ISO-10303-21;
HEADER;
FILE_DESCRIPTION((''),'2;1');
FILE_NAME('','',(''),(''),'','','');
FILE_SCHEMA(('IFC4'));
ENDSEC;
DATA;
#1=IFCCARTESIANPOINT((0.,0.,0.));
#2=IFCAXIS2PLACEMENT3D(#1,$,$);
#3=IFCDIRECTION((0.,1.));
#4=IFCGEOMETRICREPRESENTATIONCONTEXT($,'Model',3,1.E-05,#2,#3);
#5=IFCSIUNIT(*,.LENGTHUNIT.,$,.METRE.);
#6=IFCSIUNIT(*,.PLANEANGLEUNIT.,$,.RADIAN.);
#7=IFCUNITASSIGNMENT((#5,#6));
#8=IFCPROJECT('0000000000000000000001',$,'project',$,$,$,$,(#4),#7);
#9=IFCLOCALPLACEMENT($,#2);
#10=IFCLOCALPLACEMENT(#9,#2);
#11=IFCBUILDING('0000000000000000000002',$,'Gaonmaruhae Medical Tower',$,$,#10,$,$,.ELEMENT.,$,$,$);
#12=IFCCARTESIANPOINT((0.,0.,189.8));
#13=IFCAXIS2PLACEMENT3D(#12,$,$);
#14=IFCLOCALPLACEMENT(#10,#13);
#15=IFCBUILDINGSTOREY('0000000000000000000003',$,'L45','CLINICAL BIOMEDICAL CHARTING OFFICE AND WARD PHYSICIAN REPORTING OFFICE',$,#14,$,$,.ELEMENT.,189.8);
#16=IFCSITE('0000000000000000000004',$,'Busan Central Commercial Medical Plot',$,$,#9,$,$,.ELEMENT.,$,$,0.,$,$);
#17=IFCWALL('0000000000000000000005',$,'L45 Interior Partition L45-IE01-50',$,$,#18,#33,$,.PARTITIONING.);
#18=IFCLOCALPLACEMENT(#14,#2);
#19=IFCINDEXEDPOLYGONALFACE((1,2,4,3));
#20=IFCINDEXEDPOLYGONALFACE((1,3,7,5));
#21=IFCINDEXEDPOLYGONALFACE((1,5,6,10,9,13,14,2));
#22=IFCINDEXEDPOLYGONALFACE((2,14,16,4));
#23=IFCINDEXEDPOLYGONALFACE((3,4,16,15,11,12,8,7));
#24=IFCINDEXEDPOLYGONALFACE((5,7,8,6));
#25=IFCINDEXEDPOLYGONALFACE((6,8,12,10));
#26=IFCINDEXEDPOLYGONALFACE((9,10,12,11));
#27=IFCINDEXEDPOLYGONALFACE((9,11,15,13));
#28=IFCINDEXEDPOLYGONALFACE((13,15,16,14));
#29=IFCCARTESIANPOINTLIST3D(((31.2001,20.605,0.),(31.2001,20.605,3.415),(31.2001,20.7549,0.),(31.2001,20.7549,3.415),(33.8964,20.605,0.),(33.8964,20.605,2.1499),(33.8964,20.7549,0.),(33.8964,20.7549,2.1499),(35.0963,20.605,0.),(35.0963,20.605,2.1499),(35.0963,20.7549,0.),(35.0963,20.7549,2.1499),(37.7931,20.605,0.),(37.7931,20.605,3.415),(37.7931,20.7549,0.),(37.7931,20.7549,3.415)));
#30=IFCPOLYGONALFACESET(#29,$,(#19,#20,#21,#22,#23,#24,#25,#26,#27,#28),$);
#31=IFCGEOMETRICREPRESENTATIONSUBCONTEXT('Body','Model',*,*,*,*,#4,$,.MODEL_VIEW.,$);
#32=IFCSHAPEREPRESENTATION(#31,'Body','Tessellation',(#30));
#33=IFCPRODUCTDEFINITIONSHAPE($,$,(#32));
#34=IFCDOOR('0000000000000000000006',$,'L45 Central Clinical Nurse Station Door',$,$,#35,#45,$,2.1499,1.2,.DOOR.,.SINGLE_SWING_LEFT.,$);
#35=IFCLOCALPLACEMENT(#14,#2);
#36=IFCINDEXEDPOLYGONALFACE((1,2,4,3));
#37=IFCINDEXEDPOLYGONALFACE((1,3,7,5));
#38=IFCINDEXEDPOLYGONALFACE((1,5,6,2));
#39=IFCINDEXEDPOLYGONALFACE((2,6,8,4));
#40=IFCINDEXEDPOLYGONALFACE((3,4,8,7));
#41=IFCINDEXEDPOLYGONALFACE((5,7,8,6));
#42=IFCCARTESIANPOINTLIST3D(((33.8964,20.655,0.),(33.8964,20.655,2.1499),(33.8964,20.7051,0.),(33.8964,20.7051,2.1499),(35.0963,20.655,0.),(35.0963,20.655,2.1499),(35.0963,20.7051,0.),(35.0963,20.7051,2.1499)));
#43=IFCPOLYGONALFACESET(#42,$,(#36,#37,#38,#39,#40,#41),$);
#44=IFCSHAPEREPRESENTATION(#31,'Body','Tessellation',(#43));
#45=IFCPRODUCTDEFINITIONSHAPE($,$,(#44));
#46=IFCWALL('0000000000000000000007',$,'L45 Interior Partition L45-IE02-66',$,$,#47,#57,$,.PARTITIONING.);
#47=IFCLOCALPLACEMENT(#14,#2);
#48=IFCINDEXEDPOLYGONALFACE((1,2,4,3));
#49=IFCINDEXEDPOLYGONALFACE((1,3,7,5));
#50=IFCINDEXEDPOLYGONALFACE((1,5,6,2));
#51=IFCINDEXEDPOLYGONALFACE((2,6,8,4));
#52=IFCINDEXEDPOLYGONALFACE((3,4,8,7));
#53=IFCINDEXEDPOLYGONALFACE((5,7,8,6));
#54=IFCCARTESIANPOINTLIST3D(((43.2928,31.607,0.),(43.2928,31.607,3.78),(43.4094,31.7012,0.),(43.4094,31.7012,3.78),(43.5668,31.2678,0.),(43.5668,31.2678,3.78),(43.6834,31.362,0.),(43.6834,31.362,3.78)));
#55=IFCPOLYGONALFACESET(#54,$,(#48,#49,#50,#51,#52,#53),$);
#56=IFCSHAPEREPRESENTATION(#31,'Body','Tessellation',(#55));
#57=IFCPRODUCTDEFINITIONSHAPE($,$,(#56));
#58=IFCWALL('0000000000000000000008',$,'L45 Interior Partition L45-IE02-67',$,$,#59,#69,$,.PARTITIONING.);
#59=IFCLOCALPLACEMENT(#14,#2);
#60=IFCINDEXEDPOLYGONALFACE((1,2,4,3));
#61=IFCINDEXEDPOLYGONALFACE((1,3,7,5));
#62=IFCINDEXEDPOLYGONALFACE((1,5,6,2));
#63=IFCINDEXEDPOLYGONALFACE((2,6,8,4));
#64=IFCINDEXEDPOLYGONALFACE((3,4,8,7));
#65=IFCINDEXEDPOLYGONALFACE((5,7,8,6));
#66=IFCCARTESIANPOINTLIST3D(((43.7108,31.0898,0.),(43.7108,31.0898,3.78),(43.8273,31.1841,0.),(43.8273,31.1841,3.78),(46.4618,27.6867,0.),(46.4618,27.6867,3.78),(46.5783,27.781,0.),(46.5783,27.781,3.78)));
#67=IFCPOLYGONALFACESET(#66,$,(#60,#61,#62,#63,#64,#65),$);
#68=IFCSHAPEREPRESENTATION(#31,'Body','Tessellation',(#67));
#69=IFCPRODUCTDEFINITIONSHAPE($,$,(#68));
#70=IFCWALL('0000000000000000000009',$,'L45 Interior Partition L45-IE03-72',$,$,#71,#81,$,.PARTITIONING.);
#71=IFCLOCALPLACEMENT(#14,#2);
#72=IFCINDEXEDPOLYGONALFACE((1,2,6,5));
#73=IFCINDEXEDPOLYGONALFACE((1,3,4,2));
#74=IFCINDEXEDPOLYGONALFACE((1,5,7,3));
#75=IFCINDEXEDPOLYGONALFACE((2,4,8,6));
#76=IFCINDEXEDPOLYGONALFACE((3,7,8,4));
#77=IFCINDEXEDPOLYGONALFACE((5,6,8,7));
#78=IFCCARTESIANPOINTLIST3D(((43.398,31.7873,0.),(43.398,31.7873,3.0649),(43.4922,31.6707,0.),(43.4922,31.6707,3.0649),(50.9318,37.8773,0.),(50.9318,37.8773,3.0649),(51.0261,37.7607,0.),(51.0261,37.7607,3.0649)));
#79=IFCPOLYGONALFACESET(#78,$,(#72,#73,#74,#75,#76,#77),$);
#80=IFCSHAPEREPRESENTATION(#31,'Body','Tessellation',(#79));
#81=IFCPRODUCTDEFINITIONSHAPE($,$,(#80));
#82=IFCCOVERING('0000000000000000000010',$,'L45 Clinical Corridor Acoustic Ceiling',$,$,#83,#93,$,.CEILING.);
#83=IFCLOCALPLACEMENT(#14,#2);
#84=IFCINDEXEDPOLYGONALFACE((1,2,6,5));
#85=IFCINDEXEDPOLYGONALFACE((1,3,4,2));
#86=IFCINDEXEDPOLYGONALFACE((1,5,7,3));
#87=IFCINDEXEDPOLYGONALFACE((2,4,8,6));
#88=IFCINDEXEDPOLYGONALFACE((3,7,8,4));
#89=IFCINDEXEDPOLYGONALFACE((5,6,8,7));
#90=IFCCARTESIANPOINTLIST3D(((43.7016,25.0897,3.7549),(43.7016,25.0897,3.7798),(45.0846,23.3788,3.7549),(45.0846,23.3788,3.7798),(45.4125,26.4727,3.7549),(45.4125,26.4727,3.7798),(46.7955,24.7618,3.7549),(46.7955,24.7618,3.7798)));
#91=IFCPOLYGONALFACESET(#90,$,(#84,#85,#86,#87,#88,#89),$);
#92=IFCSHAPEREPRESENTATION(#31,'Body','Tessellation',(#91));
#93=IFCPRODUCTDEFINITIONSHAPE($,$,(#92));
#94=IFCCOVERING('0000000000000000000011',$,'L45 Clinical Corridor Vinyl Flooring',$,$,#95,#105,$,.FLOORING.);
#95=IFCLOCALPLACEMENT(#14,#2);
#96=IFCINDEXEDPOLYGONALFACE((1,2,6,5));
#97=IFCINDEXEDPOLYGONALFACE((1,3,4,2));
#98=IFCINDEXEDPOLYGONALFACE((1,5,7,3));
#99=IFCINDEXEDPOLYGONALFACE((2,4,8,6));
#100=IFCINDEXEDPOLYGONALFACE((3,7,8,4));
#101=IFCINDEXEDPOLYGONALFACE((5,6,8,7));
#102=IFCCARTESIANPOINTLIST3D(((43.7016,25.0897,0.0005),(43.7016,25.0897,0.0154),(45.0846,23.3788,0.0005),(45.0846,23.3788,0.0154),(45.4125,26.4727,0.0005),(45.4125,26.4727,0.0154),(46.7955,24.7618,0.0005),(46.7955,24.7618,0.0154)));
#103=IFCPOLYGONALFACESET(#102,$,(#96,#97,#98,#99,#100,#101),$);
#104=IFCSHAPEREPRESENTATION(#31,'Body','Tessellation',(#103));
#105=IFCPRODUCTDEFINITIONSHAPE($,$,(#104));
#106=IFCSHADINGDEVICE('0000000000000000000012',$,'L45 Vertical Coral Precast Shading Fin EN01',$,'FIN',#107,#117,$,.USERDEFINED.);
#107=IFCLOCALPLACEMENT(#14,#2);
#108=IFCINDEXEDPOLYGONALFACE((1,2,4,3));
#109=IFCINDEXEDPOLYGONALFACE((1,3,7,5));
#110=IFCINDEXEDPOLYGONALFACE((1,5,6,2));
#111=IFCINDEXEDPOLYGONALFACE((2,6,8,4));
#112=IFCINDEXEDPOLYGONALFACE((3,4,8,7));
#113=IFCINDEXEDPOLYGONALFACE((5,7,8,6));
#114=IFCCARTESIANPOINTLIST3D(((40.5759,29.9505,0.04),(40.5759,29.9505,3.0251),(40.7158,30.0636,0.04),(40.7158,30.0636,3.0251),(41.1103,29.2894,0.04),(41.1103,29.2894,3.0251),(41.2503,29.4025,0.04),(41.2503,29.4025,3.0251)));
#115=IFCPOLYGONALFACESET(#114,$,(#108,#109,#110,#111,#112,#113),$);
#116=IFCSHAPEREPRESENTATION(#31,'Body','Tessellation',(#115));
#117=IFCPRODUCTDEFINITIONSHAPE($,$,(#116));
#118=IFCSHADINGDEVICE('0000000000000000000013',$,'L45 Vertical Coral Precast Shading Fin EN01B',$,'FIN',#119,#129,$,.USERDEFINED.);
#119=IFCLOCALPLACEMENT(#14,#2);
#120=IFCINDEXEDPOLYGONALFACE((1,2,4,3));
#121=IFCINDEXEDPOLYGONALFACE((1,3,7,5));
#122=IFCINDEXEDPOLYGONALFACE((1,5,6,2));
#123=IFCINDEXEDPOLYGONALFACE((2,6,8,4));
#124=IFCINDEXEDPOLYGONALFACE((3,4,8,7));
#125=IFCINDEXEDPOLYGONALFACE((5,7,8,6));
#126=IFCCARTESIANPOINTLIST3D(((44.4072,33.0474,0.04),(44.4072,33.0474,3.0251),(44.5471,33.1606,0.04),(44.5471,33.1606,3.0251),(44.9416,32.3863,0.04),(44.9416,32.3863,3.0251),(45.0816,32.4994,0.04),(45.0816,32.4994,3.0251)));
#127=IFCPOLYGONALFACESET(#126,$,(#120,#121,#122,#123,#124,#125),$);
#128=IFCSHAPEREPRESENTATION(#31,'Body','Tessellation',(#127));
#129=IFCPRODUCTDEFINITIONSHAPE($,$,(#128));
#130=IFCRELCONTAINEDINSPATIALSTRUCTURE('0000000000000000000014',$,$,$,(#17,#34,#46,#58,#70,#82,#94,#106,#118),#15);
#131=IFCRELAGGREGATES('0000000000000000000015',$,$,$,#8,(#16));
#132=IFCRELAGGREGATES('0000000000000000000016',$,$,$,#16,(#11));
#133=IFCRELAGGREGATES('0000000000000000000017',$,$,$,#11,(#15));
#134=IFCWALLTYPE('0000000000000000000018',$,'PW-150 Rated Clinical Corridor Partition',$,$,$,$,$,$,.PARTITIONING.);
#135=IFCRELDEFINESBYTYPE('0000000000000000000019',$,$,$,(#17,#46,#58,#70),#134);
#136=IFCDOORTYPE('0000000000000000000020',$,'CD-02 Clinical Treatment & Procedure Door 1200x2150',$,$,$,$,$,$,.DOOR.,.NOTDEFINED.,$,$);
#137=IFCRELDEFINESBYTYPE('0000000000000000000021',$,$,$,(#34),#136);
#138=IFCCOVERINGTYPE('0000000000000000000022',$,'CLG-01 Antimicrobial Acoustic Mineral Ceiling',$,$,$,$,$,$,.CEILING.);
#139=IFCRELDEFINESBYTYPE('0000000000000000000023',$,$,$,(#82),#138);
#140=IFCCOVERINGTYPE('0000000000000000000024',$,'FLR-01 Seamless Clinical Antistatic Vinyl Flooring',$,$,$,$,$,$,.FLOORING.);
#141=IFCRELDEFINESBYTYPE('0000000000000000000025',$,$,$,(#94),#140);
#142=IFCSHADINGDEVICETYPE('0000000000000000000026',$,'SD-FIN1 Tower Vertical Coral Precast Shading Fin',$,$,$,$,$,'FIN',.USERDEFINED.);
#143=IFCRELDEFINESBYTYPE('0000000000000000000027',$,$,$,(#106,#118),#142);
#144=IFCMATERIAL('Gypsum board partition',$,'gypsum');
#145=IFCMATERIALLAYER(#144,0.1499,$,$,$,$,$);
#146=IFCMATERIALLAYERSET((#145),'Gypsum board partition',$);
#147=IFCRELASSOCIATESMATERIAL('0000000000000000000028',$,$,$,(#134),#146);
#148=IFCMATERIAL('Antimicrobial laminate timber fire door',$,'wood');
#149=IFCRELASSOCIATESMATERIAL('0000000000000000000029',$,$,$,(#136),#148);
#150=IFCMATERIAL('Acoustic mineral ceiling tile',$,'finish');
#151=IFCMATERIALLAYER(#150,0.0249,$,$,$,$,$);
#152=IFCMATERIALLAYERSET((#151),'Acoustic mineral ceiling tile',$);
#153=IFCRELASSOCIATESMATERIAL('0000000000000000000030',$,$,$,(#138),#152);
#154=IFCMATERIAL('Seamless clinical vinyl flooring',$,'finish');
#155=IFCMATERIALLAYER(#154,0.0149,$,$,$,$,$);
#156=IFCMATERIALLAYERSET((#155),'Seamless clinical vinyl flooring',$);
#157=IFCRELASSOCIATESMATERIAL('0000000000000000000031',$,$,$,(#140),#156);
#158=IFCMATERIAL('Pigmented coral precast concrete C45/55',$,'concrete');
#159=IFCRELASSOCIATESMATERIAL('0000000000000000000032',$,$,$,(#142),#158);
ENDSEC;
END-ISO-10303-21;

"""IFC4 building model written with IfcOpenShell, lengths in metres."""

from ifc_helpers import new_model, si_unit, direction, frame, frame_2d, origin, origin_2d, place, context, subcontext, project, spatial, rectangle, extrude, material, layer, layer_set, type_object, element, fill, save


model = new_model("IFC4")

# Units and contexts
model_context = context("Model", 3, precision=1e-05, world=origin(), true_north=direction((0.0, 1.0)))
body_context = subcontext(model_context, "Body", "Model", "MODEL_VIEW")
ifc_project = project(units=[si_unit("LENGTHUNIT", "METRE"), si_unit("PLANEANGLEUNIT", "RADIAN")], contexts=[model_context])

# Site, building, storey
site_placement = place(None, origin())
site = spatial("IfcSite", under=ifc_project, at=site_placement, Name="Busan Central Commercial Medical Plot", CompositionType="ELEMENT", RefElevation=0.0)
building_placement = place(site_placement, origin())
building = spatial("IfcBuilding", under=site, at=building_placement, Name="Gaonmaruhae Medical Tower", CompositionType="ELEMENT")
storey_placement = place(building_placement, frame((0.0, 0.0, 189.8)))
storey = spatial("IfcBuildingStorey", under=building, at=storey_placement, Name="L45", Description="CLINICAL BIOMEDICAL CHARTING OFFICE AND WARD PHYSICIAN REPORTING OFFICE", CompositionType="ELEMENT", Elevation=189.8)

# Shared definitions
ifc_material_1 = material(Name="Gypsum board partition", Category="gypsum")
ifc_layer_1 = layer(ifc_material_1, 0.1499)
ifc_layer_set_1 = layer_set([ifc_layer_1], Name="Gypsum board partition")
wall_type_1 = type_object("IfcWallType", Name="PW-150 Rated Clinical Corridor Partition", PredefinedType="PARTITIONING", material=ifc_layer_set_1)

# Shared definitions
ifc_material_2 = material(Name="Antimicrobial laminate timber fire door", Category="wood")
door_type = type_object("IfcDoorType", Name="CD-02 Clinical Treatment & Procedure Door 1200x2150", OperationType="NOTDEFINED", PredefinedType="DOOR", material=ifc_material_2)

# Wall, opening, door
wall_1_placement = place(storey_placement, frame((37.793, 20.6799, 0.0), z_axis=(0.0, 0.0, 1.0), x_axis=(-1.0, 0.0, 0.0)))
wall_1 = element("IfcWall", 1, at=wall_1_placement, inside=storey, type_object=wall_type_1, Name="L45 Interior Partition L45-IE01-50", PredefinedType="PARTITIONING", context=body_context, shape_type="SweptSolid", body=[
    extrude(rectangle(XDim=6.593, YDim=0.1499, at=frame_2d((3.2964, 0.0))), origin(), (0.0, 0.0, 1.0), 3.415),
])
opening_1_placement = place(wall_1_placement, frame((2.6965, 0.0, 0.0)))
opening_1 = element("IfcOpeningElement", 2, at=opening_1_placement, cuts=wall_1, PredefinedType="OPENING", context=body_context, shape_type="SweptSolid", body=[
    extrude(rectangle(XDim=1.2, YDim=2.1499, at=frame_2d((0.6001, 1.075))), frame((0.0, 0.085, 0.0), z_axis=(0.0, -1.0, 0.0), x_axis=(1.0, 0.0, 0.0)), (0.0, 0.0, 1.0), 0.1699),
])
door_1_placement = place(opening_1_placement, origin())
door_1 = element("IfcDoor", 3, at=door_1_placement, inside=storey, type_object=door_type, Name="L45 Central Clinical Nurse Station Door", OperationType="SINGLE_SWING_LEFT", OverallHeight=2.1499, OverallWidth=1.2, PredefinedType="DOOR", context=body_context, shape_type="SweptSolid", body=[
    extrude(rectangle(XDim=1.2, YDim=2.1499, at=frame_2d((0.6001, 1.075))), frame((0.0, 0.0249, 0.0), z_axis=(0.0, -1.0, 0.0), x_axis=(1.0, 0.0, 0.0)), (0.0, 0.0, 1.0), 0.05),
])
fill(opening_1, door_1)

# Walls
wall_2_placement = place(storey_placement, frame((43.3511, 31.6541, 0.0), z_axis=(0.0, 0.0, 1.0), x_axis=(0.628376, -0.77791, 0.0)))
element("IfcWall", 4, at=wall_2_placement, inside=storey, type_object=wall_type_1, Name="L45 Interior Partition L45-IE02-66", PredefinedType="PARTITIONING", context=body_context, shape_type="SweptSolid", body=[
    extrude(rectangle(XDim=0.436, YDim=0.1499, at=frame_2d((0.218, 0.0))), origin(), (0.0, 0.0, 1.0), 3.78),
])
wall_3_placement = place(storey_placement, frame((43.769, 31.137, 0.0), z_axis=(0.0, 0.0, 1.0), x_axis=(0.62866, -0.77768, 0.0)))
element("IfcWall", 5, at=wall_3_placement, inside=storey, type_object=wall_type_1, Name="L45 Interior Partition L45-IE02-67", PredefinedType="PARTITIONING", context=body_context, shape_type="SweptSolid", body=[
    extrude(rectangle(XDim=4.376, YDim=0.1499, at=frame_2d((2.188, 0.0))), origin(), (0.0, 0.0, 1.0), 3.78),
])
wall_4_placement = place(storey_placement, frame((43.4451, 31.729, 0.0), z_axis=(0.0, 0.0, 1.0), x_axis=(0.77769, 0.628649, 0.0)))
element("IfcWall", 6, at=wall_4_placement, inside=storey, type_object=wall_type_1, Name="L45 Interior Partition L45-IE03-72", PredefinedType="PARTITIONING", context=body_context, shape_type="SweptSolid", body=[
    extrude(rectangle(XDim=9.6875, YDim=0.1499, at=frame_2d((4.8438, 0.0))), origin(), (0.0, 0.0, 1.0), 3.0649),
])

# Coverings
ifc_material_3 = material(Name="Acoustic mineral ceiling tile", Category="finish")
ifc_layer_2 = layer(ifc_material_3, 0.0249)
ifc_layer_set_2 = layer_set([ifc_layer_2], Name="Acoustic mineral ceiling tile")
covering_type_1 = type_object("IfcCoveringType", Name="CLG-01 Antimicrobial Acoustic Mineral Ceiling", PredefinedType="CEILING", material=ifc_layer_set_2)
covering_1_placement = place(storey_placement, frame((45.2485, 24.9258, 3.7549), z_axis=(0.0, 0.0, 1.0), x_axis=(0.777695, 0.628642, 0.0)))
element("IfcCovering", 7, at=covering_1_placement, inside=storey, type_object=covering_type_1, Name="L45 Clinical Corridor Acoustic Ceiling", PredefinedType="CEILING", context=body_context, shape_type="SweptSolid", body=[
    extrude(rectangle(XDim=2.2, YDim=2.2, at=origin_2d()), origin(), (0.0, 0.0, 1.0), 0.0249),
])
ifc_material_4 = material(Name="Seamless clinical vinyl flooring", Category="finish")
ifc_layer_3 = layer(ifc_material_4, 0.0149)
ifc_layer_set_3 = layer_set([ifc_layer_3], Name="Seamless clinical vinyl flooring")
covering_type_2 = type_object("IfcCoveringType", Name="FLR-01 Seamless Clinical Antistatic Vinyl Flooring", PredefinedType="FLOORING", material=ifc_layer_set_3)
covering_2_placement = place(storey_placement, frame((45.2485, 24.9258, 0.0005), z_axis=(0.0, 0.0, 1.0), x_axis=(0.777695, 0.628642, 0.0)))
element("IfcCovering", 8, at=covering_2_placement, inside=storey, type_object=covering_type_2, Name="L45 Clinical Corridor Vinyl Flooring", PredefinedType="FLOORING", context=body_context, shape_type="SweptSolid", body=[
    extrude(rectangle(XDim=2.2, YDim=2.2, at=origin_2d()), origin(), (0.0, 0.0, 1.0), 0.0149),
])

# Shading devices
ifc_material_5 = material(Name="Pigmented coral precast concrete C45/55", Category="concrete")
shading_device_type = type_object("IfcShadingDeviceType", Name="SD-FIN1 Tower Vertical Coral Precast Shading Fin", ElementType="FIN", PredefinedType="USERDEFINED", material=ifc_material_5)
for number, where, z_axis, x_axis, name in (
    (9, (40.9131, 29.6765, 0.04), (0.0, 0.0, 1.0), (0.777695, 0.628642, 0.0), "L45 Vertical Coral Precast Shading Fin EN01"),
    (10, (44.7444, 32.7734, 0.04), (0.0, 0.0, 1.0), (0.777695, 0.628642, 0.0), "L45 Vertical Coral Precast Shading Fin EN01B"),
):
    element("IfcShadingDevice", number, at=place(storey_placement, frame(where, z_axis=z_axis, x_axis=x_axis)), inside=storey, type_object=shading_device_type, Name=name, ObjectType="FIN", PredefinedType="USERDEFINED", context=body_context, shape_type="SweptSolid", body=[
        extrude(rectangle(XDim=0.1799, YDim=0.8501, at=origin_2d()), origin(), (0.0, 0.0, 1.0), 2.9851),
    ])

save(model, "model.ifc")
